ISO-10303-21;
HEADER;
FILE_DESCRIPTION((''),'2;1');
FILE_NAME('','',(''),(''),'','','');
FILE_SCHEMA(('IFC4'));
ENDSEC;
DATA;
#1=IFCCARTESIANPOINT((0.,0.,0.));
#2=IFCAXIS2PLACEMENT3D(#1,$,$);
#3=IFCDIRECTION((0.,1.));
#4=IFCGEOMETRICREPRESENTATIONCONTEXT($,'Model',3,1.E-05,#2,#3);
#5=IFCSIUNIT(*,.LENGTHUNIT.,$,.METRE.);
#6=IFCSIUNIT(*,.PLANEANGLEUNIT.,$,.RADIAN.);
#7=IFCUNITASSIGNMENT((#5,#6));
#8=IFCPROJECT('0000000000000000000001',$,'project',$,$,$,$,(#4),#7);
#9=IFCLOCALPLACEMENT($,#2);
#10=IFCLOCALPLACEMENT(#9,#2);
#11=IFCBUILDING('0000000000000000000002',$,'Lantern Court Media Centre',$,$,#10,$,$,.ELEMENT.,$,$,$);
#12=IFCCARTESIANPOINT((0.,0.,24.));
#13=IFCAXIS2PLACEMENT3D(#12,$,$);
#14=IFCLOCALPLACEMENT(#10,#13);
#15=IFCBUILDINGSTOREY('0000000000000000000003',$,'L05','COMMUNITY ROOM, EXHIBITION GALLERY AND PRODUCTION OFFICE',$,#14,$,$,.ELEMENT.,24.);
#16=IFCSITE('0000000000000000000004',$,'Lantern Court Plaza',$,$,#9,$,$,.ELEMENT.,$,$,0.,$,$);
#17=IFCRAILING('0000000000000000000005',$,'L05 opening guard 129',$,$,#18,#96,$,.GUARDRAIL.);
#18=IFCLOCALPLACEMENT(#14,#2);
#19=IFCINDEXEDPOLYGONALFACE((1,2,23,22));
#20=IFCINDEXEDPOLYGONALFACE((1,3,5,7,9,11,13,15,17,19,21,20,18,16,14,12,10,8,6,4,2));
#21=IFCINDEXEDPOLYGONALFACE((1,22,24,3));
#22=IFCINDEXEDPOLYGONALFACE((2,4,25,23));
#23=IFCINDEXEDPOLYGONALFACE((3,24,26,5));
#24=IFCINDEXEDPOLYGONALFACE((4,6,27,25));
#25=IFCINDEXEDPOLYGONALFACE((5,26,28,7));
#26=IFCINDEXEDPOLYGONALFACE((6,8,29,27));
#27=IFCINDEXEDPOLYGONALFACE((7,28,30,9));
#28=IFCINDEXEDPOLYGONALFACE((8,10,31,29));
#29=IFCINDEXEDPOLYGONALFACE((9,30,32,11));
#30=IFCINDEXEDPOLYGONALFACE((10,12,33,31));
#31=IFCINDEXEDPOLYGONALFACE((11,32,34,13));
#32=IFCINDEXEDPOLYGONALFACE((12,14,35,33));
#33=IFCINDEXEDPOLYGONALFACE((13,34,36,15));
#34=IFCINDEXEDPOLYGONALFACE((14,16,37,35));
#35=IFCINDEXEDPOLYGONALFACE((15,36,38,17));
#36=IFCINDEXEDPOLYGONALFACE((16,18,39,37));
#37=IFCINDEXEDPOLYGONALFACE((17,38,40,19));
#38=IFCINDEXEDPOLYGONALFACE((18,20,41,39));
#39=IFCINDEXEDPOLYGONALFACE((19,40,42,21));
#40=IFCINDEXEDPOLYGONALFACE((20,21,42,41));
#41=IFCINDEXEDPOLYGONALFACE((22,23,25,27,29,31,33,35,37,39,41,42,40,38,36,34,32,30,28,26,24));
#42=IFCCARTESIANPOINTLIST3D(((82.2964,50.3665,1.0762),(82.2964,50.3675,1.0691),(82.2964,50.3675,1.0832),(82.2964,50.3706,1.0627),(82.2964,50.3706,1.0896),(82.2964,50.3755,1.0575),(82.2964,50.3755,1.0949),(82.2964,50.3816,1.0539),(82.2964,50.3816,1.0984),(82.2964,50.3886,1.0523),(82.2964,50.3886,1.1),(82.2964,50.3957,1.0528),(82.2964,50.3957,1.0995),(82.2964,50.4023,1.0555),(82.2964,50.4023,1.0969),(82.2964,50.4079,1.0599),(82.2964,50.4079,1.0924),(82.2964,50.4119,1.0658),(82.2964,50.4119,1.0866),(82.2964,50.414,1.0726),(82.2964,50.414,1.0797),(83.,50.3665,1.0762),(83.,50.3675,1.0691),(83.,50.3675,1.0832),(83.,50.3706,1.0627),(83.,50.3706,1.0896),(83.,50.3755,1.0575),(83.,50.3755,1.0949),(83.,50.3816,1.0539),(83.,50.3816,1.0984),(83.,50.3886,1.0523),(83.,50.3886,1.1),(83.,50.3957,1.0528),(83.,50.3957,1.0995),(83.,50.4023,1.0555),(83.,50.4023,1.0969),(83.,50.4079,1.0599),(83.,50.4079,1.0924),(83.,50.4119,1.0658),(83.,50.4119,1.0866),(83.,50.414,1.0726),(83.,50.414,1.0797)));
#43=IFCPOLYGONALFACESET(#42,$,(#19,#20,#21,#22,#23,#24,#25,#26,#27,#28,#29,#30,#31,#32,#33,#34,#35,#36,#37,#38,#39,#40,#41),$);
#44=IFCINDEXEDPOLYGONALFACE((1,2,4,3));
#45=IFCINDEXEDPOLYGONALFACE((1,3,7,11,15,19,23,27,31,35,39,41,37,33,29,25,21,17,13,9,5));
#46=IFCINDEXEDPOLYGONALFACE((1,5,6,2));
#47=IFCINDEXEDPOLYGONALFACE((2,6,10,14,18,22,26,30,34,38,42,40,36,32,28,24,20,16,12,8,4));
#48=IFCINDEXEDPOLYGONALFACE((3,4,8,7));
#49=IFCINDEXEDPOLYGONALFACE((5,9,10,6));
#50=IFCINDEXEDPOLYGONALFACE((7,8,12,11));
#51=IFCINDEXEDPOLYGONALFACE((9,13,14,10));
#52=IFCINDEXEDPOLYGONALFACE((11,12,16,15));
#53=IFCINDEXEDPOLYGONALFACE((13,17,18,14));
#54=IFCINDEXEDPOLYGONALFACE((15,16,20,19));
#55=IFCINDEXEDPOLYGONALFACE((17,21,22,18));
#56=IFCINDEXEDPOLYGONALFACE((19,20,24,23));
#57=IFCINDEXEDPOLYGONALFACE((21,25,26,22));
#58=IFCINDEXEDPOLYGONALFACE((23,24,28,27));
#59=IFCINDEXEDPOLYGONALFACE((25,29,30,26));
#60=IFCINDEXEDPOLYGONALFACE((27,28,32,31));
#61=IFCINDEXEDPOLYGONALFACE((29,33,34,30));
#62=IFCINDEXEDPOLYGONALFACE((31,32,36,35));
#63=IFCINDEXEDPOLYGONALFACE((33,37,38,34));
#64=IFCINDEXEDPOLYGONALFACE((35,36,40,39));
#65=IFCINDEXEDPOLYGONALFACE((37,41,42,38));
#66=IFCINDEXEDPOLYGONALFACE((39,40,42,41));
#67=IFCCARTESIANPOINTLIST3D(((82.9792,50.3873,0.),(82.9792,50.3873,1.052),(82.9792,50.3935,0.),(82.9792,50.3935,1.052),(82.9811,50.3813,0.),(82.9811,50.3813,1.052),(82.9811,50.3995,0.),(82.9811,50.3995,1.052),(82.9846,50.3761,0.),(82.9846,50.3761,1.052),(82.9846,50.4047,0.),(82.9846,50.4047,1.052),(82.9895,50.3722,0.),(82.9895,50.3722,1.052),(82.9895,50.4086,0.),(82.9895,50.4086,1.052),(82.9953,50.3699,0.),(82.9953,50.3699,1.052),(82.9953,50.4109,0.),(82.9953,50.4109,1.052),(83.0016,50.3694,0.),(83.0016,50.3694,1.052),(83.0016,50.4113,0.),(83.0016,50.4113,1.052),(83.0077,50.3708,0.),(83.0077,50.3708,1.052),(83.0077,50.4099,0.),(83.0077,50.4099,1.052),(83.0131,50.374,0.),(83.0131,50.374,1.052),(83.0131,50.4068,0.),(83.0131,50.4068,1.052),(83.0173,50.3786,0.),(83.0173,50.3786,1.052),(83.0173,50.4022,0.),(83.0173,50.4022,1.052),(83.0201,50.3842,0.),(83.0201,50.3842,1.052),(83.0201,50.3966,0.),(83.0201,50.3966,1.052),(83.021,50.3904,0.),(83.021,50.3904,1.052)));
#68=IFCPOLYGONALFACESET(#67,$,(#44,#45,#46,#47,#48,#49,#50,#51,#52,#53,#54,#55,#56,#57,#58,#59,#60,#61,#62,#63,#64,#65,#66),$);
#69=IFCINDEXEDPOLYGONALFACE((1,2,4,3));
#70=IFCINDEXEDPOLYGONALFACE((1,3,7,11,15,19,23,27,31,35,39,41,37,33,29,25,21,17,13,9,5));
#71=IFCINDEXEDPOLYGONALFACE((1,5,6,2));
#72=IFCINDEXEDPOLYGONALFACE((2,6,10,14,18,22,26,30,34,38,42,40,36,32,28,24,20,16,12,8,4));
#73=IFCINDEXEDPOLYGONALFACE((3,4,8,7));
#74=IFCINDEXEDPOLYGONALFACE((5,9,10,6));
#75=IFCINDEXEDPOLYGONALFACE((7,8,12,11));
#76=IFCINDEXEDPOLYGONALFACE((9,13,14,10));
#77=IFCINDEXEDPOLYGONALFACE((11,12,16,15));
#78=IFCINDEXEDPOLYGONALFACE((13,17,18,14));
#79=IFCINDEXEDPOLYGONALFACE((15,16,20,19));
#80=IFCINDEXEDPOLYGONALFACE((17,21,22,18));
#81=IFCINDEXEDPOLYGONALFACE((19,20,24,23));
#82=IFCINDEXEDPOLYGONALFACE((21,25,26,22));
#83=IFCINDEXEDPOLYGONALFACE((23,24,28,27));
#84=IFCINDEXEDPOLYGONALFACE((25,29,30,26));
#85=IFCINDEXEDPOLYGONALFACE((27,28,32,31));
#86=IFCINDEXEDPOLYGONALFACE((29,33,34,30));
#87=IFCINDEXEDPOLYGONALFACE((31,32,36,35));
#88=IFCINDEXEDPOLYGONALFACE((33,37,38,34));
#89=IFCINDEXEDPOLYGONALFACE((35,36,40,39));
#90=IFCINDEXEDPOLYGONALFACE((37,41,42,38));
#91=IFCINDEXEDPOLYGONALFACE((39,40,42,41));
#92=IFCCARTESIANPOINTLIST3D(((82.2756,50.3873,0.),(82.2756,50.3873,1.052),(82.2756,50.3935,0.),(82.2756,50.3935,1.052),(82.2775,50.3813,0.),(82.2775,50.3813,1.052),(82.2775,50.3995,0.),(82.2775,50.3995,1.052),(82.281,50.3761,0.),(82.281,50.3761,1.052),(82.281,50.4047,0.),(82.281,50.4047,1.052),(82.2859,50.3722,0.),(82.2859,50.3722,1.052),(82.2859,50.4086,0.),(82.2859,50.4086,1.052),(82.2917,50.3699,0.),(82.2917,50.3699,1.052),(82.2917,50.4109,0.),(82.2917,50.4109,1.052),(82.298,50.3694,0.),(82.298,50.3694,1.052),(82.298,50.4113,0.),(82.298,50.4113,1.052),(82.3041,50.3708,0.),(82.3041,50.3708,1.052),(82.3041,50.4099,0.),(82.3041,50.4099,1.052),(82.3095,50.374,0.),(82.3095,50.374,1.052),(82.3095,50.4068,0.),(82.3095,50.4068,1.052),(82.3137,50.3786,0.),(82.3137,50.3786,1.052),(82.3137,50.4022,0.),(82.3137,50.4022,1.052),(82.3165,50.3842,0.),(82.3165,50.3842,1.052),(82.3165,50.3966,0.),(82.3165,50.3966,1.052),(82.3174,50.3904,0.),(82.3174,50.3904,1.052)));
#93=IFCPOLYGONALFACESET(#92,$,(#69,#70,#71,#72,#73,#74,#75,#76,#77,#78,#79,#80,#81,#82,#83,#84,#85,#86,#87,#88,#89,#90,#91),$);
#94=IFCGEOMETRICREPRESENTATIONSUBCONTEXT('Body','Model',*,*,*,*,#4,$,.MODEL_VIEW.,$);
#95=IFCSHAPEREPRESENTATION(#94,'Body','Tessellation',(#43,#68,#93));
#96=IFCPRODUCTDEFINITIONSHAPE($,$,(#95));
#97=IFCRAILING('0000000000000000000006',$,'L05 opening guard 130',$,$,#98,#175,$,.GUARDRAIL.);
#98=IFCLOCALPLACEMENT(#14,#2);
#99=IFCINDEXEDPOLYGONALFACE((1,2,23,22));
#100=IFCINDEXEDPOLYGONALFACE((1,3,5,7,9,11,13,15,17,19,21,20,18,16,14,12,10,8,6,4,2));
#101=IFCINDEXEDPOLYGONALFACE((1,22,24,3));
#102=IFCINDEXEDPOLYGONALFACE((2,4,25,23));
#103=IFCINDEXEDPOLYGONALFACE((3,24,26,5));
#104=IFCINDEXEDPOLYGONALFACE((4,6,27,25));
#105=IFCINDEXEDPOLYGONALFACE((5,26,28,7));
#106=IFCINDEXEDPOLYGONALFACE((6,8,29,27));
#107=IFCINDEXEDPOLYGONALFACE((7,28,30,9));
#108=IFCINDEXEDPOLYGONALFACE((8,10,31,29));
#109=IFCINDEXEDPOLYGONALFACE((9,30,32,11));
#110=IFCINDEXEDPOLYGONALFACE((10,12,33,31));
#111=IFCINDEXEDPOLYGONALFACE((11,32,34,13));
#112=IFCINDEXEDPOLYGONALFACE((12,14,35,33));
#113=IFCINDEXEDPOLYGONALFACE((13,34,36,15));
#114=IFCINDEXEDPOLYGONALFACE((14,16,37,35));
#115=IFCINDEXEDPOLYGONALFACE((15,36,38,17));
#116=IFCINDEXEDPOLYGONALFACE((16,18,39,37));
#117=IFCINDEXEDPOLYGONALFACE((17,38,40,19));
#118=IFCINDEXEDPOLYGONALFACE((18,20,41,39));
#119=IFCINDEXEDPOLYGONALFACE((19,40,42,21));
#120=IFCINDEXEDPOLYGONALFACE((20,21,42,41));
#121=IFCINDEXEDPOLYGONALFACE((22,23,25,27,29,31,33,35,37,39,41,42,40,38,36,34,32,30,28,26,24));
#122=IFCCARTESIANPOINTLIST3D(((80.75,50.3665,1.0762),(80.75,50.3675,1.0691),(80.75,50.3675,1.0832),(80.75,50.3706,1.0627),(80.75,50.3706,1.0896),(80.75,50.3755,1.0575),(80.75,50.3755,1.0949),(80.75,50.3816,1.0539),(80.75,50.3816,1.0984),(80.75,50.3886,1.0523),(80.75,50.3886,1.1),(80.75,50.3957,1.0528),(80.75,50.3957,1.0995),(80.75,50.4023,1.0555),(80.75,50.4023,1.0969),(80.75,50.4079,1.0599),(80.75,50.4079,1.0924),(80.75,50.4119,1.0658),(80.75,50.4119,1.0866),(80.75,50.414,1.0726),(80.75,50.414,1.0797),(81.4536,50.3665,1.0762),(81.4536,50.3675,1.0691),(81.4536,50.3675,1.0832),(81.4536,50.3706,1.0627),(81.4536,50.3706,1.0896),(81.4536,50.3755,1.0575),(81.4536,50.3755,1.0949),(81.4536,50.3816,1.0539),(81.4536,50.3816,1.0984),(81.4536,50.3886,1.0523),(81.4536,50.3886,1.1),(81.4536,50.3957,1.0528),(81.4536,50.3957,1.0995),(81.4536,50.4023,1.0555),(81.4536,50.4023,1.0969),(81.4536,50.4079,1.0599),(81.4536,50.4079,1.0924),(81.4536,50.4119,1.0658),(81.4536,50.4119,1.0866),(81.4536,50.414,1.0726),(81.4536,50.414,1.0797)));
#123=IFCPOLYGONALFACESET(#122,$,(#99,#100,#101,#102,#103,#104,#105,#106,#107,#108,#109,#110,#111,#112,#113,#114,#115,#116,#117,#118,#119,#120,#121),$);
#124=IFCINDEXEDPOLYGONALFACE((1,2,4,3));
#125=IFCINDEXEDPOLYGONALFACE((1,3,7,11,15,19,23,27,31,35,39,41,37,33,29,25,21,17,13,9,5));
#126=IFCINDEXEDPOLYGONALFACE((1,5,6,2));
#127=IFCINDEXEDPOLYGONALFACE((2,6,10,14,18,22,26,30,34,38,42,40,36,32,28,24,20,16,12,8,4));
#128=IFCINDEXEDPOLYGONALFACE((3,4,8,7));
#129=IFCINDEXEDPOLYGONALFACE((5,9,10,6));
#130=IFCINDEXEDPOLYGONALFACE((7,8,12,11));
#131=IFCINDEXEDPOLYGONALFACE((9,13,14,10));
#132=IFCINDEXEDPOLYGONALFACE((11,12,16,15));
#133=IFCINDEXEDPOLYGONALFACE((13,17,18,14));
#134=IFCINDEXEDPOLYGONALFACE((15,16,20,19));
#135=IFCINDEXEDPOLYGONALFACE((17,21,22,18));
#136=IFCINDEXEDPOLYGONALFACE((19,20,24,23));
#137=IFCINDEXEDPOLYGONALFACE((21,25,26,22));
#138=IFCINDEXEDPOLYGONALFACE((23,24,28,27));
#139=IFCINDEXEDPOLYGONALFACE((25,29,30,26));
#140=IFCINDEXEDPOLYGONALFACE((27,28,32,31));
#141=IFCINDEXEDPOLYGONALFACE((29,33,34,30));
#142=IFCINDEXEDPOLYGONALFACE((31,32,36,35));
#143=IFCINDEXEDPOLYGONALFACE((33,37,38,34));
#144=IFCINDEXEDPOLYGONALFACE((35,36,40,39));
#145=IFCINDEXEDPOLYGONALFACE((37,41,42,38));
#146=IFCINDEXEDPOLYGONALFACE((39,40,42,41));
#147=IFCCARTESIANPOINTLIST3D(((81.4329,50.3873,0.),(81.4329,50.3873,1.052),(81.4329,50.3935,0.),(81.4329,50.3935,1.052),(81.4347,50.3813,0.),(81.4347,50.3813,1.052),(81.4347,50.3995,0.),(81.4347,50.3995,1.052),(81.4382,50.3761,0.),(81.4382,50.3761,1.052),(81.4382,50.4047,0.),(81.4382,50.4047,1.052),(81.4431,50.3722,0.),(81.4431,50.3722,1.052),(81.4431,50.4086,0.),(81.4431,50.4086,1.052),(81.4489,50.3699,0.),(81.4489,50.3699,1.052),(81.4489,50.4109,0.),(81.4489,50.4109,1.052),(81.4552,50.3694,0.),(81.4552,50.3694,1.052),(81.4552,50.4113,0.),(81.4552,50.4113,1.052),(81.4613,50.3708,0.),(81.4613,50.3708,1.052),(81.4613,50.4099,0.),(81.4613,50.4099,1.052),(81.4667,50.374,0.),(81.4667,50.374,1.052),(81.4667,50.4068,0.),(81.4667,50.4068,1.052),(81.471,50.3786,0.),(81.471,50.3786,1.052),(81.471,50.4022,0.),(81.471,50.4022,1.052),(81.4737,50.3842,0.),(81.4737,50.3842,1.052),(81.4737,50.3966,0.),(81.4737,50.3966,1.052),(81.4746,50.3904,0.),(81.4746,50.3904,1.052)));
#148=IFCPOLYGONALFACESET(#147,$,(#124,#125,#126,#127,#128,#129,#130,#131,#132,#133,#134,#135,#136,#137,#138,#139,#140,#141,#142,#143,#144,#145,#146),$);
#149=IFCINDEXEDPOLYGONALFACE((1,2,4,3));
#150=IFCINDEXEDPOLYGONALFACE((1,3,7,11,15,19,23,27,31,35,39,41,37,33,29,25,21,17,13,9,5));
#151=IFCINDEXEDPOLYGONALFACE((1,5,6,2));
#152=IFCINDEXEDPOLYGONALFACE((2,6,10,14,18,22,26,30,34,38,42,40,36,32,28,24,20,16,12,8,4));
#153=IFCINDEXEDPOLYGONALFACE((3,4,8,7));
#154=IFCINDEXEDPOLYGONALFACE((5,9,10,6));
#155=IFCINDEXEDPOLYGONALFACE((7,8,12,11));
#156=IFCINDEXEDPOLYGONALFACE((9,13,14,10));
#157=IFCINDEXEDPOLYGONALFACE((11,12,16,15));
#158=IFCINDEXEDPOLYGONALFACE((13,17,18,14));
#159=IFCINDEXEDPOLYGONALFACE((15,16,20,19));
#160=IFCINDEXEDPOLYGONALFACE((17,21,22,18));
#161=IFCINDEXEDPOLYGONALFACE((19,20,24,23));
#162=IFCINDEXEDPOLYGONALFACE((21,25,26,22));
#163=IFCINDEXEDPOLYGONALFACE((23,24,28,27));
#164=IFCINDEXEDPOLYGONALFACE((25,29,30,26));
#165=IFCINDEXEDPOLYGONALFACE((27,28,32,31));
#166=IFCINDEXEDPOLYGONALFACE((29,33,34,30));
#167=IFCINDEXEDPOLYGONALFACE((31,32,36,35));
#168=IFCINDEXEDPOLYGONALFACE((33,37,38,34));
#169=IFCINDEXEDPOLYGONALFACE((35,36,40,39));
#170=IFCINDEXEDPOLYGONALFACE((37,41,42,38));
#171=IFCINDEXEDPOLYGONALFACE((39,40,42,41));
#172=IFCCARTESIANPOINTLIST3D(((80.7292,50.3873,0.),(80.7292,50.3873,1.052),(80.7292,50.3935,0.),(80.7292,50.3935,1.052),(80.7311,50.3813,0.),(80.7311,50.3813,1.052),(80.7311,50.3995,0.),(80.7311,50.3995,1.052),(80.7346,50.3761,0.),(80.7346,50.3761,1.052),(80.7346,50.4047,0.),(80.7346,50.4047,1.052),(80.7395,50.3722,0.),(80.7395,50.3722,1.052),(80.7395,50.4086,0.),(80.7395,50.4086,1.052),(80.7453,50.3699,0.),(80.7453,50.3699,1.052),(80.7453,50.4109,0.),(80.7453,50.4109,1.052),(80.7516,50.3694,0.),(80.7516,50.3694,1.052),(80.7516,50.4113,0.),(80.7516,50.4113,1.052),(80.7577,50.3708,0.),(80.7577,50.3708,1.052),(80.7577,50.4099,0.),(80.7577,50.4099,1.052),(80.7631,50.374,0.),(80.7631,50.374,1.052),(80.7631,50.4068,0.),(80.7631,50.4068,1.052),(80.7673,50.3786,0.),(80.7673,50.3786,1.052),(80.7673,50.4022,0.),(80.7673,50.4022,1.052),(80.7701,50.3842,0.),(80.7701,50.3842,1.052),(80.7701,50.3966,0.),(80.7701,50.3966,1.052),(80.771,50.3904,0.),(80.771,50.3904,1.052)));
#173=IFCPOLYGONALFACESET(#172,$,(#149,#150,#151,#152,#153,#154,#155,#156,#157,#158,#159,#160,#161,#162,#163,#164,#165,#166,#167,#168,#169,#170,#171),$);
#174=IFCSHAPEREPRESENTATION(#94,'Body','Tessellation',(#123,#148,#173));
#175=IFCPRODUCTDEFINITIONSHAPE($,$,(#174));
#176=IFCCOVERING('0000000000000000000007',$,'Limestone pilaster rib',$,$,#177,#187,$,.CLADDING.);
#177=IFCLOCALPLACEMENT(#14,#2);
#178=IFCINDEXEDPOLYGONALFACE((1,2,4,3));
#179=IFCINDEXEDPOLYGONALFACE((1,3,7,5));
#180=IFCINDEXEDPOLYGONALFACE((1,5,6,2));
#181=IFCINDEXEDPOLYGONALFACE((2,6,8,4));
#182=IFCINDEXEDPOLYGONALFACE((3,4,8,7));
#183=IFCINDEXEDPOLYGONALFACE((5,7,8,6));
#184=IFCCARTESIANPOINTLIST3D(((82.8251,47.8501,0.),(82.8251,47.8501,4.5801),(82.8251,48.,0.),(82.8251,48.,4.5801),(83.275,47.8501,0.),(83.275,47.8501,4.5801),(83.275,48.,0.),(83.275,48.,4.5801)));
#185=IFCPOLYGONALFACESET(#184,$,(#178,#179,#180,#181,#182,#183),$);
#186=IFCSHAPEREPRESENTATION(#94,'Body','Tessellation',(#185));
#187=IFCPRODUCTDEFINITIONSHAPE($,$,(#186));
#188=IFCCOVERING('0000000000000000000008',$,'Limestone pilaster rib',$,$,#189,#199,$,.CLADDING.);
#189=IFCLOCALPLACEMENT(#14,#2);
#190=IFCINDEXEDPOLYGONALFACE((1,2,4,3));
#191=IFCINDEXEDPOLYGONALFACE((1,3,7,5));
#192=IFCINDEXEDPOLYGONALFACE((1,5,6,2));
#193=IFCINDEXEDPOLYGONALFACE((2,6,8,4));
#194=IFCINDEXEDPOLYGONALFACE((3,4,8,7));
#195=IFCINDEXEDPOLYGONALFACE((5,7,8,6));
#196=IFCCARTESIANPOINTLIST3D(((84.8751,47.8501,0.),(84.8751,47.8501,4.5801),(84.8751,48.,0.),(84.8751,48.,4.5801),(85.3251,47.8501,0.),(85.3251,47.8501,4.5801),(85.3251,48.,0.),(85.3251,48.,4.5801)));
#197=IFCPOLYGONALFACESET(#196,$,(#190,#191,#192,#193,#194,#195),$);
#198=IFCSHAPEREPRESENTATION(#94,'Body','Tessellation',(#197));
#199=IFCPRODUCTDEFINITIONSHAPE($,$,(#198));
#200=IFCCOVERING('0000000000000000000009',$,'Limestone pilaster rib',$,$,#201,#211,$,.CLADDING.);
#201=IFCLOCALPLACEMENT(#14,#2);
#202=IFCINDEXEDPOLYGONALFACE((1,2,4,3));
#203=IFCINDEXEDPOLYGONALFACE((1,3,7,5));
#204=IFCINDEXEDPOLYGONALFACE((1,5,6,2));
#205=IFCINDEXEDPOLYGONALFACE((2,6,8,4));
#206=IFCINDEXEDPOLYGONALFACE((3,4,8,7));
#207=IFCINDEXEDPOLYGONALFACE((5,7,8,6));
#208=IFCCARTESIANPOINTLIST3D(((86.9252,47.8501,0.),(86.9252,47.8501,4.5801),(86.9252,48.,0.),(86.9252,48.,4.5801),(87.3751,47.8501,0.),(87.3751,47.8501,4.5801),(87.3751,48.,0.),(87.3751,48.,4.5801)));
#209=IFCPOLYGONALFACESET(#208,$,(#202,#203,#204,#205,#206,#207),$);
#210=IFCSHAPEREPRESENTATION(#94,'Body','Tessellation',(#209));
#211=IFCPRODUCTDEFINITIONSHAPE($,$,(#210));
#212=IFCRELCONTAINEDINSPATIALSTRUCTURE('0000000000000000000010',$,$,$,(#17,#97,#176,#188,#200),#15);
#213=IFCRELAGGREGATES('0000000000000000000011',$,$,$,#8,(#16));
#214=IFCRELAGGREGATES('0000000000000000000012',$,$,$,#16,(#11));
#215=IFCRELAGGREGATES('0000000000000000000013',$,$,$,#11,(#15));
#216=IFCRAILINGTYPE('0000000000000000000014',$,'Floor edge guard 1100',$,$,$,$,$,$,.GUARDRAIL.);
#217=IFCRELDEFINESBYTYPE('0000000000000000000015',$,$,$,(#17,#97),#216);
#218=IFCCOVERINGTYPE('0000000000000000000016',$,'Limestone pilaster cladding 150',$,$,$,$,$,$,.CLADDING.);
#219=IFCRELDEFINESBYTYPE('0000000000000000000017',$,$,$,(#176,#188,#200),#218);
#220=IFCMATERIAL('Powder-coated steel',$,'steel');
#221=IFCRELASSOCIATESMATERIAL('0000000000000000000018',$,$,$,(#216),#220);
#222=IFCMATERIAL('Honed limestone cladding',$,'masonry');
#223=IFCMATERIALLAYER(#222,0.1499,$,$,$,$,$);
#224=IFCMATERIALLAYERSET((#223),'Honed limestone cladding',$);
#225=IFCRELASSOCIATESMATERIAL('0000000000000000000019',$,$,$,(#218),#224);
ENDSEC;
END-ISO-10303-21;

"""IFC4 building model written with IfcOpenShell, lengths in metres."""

from ifc_helpers import new_model, si_unit, direction, frame, frame_2d, origin, origin_2d, place, context, subcontext, project, spatial, rectangle, circle, extrude, material, layer, layer_set, type_object, element, save


model = new_model("IFC4")

# Units and contexts
model_context = context("Model", 3, precision=1e-05, world=origin(), true_north=direction((0.0, 1.0)))
body_context = subcontext(model_context, "Body", "Model", "MODEL_VIEW")
ifc_project = project(units=[si_unit("LENGTHUNIT", "METRE"), si_unit("PLANEANGLEUNIT", "RADIAN")], contexts=[model_context])

# Site, building, storey
site_placement = place(None, origin())
site = spatial("IfcSite", under=ifc_project, at=site_placement, Name="Lantern Court Plaza", CompositionType="ELEMENT", RefElevation=0.0)
building_placement = place(site_placement, origin())
building = spatial("IfcBuilding", under=site, at=building_placement, Name="Lantern Court Media Centre", CompositionType="ELEMENT")
storey_placement = place(building_placement, frame((0.0, 0.0, 24.0)))
storey = spatial("IfcBuildingStorey", under=building, at=storey_placement, Name="L05", Description="COMMUNITY ROOM, EXHIBITION GALLERY AND PRODUCTION OFFICE", CompositionType="ELEMENT", Elevation=24.0)

# Railings
ifc_material_1 = material(Name="Powder-coated steel", Category="steel")
railing_type_1 = type_object("IfcRailingType", Name="Floor edge guard 1100", PredefinedType="GUARDRAIL", material=ifc_material_1)
for number, where, name in (
    (1, (83.0, 50.3904, 0.0), "L05 opening guard 129"),
    (2, (81.4536, 50.3904, 0.0), "L05 opening guard 130"),
):
    element("IfcRailing", number, at=place(storey_placement, frame(where)), inside=storey, type_object=railing_type_1, Name=name, PredefinedType="GUARDRAIL", context=body_context, shape_type="SweptSolid", body=[
        extrude(circle(Radius=0.0239, at=origin_2d()), frame((0.0, 0.0, 1.0762), z_axis=(-1.0, 0.0, 0.0), x_axis=(0.0, -1.0, 0.0)), (0.0, 0.0, 1.0), 0.7036),
        extrude(circle(Radius=0.021, at=origin_2d()), origin(), (0.0, 0.0, 1.0), 1.052),
        extrude(circle(Radius=0.021, at=origin_2d()), frame((-0.7036, 0.0, 0.0)), (0.0, 0.0, 1.0), 1.052),
    ])

# Coverings
ifc_material_2 = material(Name="Honed limestone cladding", Category="masonry")
ifc_layer_1 = layer(ifc_material_2, 0.1499)
ifc_layer_set_1 = layer_set([ifc_layer_1], Name="Honed limestone cladding")
covering_type = type_object("IfcCoveringType", Name="Limestone pilaster cladding 150", PredefinedType="CLADDING", material=ifc_layer_set_1)
for number, where, z_axis, x_axis, name in (
    (3, (82.825, 47.925, 0.0), (0.0, 0.0, 1.0), (1.0, 0.0, 0.0), "Limestone pilaster rib"),
    (4, (84.875, 47.925, 0.0), (0.0, 0.0, 1.0), (1.0, 0.0, 0.0), "Limestone pilaster rib"),
    (5, (86.925, 47.925, 0.0), (0.0, 0.0, 1.0), (1.0, 0.0, 0.0), "Limestone pilaster rib"),
):
    element("IfcCovering", number, at=place(storey_placement, frame(where, z_axis=z_axis, x_axis=x_axis)), inside=storey, type_object=covering_type, Name=name, PredefinedType="CLADDING", context=body_context, shape_type="SweptSolid", body=[
        extrude(rectangle(XDim=0.45, YDim=0.1499, at=frame_2d((0.2251, 0.0))), origin(), (0.0, 0.0, 1.0), 4.5801),
    ])

save(model, "model.ifc")
